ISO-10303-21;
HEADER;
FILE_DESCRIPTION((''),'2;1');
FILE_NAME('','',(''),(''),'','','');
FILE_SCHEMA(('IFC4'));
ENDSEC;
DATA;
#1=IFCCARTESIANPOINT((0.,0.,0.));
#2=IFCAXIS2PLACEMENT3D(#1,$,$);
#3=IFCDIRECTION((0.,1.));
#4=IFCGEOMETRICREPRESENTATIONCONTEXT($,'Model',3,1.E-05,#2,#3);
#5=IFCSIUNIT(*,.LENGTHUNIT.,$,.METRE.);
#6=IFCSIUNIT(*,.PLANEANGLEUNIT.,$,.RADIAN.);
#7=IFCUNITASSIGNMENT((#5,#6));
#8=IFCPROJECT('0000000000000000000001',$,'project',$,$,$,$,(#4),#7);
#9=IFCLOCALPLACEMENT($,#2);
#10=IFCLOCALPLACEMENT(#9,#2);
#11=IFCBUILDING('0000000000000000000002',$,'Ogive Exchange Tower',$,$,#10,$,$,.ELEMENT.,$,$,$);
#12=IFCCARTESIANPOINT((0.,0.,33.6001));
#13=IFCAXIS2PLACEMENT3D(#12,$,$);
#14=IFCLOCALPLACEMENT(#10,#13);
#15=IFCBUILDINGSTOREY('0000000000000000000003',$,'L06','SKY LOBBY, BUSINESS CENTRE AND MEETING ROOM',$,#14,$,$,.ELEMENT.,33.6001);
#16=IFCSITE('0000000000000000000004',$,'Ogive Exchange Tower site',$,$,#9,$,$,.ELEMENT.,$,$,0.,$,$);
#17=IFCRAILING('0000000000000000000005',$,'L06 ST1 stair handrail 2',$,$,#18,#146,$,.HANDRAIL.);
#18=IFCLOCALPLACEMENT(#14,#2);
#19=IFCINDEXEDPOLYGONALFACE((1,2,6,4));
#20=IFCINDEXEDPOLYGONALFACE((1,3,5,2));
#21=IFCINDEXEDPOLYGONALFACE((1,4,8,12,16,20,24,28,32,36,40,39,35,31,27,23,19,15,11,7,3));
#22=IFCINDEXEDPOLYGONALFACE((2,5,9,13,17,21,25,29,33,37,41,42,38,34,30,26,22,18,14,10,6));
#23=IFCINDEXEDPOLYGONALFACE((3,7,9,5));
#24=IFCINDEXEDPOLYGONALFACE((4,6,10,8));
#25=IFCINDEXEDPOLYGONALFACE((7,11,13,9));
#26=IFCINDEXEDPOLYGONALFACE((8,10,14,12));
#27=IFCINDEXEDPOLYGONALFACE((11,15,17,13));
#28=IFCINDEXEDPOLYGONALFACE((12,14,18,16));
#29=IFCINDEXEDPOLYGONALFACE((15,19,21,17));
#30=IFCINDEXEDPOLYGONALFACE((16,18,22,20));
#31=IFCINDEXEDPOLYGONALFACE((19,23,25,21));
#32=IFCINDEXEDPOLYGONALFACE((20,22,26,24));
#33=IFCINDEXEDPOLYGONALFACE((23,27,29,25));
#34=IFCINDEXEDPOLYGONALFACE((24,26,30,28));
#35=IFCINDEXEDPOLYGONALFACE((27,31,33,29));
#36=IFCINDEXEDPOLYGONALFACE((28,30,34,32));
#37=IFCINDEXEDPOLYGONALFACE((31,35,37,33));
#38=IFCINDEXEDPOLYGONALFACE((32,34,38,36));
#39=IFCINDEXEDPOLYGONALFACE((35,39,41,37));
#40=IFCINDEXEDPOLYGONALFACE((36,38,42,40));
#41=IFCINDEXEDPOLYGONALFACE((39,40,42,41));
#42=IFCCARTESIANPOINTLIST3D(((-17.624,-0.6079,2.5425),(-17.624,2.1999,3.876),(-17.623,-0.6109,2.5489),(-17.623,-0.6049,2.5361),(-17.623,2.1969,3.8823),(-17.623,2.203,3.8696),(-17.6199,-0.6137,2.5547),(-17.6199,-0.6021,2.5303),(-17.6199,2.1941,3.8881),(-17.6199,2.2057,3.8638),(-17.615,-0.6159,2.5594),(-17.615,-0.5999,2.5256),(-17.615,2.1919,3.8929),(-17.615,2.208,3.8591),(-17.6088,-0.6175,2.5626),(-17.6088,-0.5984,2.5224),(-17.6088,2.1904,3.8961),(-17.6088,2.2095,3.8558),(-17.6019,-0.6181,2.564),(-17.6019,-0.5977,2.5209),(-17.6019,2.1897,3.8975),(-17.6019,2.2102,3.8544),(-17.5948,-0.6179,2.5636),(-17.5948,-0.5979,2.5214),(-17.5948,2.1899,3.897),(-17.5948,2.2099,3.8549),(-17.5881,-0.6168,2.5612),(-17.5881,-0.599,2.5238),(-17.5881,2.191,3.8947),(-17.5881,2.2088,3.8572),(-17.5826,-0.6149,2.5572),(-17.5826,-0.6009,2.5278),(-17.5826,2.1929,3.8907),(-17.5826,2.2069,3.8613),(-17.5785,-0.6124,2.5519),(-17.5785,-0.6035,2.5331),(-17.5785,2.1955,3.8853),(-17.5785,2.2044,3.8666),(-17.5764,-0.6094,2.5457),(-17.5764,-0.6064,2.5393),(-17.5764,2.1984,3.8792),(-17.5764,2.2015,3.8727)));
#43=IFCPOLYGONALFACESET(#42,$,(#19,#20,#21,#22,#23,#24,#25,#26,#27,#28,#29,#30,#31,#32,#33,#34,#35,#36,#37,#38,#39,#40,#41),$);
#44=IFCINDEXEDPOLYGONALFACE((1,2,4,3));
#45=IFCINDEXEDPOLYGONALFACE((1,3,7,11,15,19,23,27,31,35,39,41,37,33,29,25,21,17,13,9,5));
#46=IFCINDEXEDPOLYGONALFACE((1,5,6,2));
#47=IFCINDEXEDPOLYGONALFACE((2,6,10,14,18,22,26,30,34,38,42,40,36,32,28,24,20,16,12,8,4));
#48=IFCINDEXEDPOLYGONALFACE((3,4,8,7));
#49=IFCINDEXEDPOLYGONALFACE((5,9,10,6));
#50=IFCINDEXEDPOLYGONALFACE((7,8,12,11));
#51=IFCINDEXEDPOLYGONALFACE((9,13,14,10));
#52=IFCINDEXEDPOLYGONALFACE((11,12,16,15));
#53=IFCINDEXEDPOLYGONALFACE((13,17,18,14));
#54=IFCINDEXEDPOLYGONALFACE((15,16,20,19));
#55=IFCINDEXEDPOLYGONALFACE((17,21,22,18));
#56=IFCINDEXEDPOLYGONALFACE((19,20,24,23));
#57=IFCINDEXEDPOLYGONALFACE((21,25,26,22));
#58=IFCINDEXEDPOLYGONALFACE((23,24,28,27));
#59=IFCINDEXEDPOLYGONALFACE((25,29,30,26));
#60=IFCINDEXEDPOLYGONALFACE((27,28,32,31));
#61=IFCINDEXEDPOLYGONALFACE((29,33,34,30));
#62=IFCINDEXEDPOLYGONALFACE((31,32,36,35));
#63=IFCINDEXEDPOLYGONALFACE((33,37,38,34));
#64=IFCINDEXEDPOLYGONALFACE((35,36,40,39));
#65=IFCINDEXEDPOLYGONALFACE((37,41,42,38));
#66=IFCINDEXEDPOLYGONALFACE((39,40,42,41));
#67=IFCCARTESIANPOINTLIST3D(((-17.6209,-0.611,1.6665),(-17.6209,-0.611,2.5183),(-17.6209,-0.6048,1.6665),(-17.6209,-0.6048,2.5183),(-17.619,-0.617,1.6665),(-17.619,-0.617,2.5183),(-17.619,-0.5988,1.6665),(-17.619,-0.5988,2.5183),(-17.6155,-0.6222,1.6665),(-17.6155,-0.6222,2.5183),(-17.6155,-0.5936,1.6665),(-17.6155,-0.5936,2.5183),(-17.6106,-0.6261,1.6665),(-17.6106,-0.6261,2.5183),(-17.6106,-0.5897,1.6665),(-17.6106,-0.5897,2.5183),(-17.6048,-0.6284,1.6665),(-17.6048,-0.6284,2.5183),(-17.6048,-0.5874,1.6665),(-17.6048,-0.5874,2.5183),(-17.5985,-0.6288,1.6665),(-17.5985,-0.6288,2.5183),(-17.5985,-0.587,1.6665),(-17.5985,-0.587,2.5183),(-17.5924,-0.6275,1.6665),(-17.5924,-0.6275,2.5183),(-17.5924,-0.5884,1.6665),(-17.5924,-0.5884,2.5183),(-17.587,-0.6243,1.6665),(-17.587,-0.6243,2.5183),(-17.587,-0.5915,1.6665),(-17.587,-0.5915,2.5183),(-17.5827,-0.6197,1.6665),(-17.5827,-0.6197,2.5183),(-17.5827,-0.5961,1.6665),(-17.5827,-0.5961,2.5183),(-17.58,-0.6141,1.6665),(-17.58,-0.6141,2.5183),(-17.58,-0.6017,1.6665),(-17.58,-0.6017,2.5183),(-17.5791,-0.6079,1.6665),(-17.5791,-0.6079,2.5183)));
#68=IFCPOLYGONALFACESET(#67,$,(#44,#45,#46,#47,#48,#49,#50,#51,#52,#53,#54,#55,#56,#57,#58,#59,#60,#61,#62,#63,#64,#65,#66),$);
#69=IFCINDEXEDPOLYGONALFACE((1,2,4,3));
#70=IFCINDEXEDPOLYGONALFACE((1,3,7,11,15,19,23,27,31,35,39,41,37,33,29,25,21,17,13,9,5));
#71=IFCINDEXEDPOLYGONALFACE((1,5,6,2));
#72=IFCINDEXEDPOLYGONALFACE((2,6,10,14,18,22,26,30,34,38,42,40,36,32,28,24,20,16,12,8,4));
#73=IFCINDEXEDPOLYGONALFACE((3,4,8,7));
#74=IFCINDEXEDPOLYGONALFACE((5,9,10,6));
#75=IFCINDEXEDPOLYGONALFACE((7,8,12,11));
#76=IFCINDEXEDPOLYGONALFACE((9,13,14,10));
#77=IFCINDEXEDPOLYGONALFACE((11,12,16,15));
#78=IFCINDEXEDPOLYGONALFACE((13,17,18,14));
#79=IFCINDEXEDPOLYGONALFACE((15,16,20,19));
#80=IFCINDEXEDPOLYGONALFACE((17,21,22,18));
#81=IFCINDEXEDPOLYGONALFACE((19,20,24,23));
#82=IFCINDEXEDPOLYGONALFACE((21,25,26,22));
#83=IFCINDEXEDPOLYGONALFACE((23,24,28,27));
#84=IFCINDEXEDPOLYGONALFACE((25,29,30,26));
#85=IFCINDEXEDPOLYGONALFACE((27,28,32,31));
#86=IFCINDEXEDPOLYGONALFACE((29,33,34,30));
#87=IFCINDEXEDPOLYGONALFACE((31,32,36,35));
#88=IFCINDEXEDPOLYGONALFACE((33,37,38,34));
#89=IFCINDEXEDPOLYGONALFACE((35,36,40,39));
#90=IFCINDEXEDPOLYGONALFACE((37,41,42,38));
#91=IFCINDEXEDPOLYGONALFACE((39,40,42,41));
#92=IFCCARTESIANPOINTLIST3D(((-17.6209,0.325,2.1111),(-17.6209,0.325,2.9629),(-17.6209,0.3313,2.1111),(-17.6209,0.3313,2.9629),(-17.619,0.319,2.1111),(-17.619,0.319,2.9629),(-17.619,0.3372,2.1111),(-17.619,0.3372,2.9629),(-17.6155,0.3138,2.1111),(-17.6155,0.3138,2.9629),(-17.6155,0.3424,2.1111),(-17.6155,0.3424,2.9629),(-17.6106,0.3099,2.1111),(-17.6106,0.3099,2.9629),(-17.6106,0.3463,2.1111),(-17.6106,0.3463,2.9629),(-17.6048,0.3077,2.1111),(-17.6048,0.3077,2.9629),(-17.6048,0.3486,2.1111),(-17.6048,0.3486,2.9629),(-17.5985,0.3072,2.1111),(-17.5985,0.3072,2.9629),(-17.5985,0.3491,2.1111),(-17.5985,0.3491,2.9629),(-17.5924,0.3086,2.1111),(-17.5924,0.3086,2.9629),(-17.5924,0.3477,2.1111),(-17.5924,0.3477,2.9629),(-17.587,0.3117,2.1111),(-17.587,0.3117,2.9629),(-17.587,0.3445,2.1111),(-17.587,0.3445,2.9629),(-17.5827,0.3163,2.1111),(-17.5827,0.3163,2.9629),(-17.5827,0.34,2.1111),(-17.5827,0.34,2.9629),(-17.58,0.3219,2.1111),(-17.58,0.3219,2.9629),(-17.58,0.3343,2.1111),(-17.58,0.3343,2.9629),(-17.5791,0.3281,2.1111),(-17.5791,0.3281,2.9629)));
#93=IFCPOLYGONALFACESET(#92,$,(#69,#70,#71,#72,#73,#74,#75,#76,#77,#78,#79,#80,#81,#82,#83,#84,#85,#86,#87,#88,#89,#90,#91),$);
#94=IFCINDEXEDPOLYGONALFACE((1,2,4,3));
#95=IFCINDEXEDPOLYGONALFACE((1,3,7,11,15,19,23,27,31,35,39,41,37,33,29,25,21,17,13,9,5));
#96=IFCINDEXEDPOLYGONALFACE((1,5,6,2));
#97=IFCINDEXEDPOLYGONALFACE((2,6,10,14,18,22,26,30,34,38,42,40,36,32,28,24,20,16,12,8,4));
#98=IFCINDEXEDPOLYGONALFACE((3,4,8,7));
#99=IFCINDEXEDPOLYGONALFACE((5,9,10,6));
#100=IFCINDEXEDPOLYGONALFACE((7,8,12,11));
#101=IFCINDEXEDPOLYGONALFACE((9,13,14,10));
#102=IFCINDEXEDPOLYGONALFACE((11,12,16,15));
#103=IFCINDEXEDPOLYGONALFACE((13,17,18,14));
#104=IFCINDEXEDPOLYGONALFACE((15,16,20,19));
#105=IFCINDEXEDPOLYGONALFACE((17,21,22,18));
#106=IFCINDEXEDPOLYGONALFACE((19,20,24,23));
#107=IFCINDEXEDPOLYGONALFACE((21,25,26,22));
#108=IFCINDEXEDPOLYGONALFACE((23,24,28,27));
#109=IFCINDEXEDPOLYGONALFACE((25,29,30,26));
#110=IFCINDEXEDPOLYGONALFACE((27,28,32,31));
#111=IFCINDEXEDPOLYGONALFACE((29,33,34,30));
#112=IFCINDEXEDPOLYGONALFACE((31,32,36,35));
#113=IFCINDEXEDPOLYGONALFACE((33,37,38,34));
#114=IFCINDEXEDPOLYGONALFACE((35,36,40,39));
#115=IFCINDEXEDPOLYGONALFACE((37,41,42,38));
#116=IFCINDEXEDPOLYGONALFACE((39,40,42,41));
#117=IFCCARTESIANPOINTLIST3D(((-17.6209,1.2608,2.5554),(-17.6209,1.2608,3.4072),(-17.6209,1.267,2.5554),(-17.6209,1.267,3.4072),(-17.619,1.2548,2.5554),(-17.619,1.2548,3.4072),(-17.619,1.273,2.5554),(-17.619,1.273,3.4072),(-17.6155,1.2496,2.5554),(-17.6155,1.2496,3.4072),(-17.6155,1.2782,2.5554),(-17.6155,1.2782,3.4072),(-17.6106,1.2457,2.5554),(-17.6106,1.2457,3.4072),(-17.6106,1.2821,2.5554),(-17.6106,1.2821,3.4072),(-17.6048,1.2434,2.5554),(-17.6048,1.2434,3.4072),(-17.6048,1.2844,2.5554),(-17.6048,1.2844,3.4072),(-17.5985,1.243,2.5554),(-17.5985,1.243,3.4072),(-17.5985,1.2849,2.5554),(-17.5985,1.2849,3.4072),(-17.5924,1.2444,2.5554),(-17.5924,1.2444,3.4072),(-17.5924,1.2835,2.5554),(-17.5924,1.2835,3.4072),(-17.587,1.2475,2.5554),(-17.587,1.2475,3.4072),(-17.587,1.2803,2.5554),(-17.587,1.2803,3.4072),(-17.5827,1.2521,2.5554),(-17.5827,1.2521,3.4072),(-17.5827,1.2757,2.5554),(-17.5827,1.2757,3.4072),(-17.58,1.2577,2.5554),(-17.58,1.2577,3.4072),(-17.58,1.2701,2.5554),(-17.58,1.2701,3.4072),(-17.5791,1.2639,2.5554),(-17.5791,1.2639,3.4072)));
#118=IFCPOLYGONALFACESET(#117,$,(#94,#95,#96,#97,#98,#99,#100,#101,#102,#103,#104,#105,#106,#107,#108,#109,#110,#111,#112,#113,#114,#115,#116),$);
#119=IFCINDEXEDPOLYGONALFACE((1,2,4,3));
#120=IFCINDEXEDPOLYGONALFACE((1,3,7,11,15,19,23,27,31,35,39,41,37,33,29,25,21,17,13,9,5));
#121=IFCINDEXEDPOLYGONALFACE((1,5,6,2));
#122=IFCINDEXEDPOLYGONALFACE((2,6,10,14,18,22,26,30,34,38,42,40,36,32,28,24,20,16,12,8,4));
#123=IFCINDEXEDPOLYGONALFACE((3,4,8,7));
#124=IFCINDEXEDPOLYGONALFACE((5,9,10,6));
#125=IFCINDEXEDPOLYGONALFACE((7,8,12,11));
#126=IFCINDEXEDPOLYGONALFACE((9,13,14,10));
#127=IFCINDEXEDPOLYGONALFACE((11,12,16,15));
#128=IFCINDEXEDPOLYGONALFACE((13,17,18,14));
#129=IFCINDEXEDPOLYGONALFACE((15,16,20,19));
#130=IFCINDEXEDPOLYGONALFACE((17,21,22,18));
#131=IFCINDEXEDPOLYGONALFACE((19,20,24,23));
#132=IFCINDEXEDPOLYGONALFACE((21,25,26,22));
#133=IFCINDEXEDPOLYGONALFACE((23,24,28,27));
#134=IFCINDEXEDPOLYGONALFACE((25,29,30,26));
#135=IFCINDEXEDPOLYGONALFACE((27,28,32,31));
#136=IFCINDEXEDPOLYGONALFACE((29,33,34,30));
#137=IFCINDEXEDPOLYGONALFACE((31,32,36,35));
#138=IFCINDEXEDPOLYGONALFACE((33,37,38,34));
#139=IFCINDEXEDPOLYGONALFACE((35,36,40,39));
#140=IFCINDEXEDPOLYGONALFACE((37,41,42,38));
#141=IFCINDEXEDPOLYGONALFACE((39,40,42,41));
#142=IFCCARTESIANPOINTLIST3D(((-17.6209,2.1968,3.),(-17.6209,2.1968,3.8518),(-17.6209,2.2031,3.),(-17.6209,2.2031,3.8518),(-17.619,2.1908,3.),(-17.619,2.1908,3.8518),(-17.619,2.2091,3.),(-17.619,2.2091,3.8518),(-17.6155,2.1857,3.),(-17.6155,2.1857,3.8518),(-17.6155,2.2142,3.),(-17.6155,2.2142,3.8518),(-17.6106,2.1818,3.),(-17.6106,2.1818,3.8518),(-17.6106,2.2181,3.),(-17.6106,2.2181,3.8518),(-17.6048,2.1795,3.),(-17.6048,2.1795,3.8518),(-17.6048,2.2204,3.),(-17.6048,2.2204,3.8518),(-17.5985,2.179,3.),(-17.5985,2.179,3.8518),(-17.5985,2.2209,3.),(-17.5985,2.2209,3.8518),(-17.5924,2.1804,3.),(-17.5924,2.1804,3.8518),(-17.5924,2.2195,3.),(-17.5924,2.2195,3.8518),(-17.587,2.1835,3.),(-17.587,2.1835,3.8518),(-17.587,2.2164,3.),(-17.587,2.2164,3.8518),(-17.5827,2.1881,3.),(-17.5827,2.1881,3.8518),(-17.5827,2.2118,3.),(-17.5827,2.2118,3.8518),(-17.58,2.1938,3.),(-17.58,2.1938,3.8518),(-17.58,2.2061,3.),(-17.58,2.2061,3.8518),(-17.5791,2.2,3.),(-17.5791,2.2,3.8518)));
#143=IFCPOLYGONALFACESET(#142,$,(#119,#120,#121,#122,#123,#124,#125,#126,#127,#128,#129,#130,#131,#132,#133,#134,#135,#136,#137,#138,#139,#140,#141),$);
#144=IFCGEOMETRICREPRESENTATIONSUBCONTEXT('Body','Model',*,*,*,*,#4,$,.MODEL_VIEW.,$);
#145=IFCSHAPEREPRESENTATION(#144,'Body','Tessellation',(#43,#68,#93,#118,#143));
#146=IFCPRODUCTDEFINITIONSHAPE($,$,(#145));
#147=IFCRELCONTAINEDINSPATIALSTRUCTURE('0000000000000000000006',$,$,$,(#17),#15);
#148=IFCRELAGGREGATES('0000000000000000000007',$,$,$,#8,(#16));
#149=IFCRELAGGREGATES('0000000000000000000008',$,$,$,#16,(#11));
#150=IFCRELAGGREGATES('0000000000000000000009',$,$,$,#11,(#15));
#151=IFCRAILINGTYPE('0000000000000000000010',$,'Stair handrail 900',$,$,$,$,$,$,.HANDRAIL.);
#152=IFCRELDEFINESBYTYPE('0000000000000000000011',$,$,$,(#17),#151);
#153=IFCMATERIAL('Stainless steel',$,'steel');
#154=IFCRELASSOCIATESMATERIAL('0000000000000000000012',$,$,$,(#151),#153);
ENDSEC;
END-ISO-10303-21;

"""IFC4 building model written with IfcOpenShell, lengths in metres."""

from ifc_helpers import new_model, si_unit, direction, frame, origin, origin_2d, place, context, subcontext, project, spatial, circle, extrude, material, type_object, element, save


model = new_model("IFC4")

# Units and contexts
model_context = context("Model", 3, precision=1e-05, world=origin(), true_north=direction((0.0, 1.0)))
body_context = subcontext(model_context, "Body", "Model", "MODEL_VIEW")
ifc_project = project(units=[si_unit("LENGTHUNIT", "METRE"), si_unit("PLANEANGLEUNIT", "RADIAN")], contexts=[model_context])

# Site, building, storey
site_placement = place(None, origin())
site = spatial("IfcSite", under=ifc_project, at=site_placement, Name="Ogive Exchange Tower site", CompositionType="ELEMENT", RefElevation=0.0)
building_placement = place(site_placement, origin())
building = spatial("IfcBuilding", under=site, at=building_placement, Name="Ogive Exchange Tower", CompositionType="ELEMENT")
storey_placement = place(building_placement, frame((0.0, 0.0, 33.6001)))
storey = spatial("IfcBuildingStorey", under=building, at=storey_placement, Name="L06", Description="SKY LOBBY, BUSINESS CENTRE AND MEETING ROOM", CompositionType="ELEMENT", Elevation=33.6001)

# Railing
ifc_material_1 = material(Name="Stainless steel", Category="steel")
railing_type = type_object("IfcRailingType", Name="Stair handrail 900", PredefinedType="HANDRAIL", material=ifc_material_1)
railing_placement = place(storey_placement, frame((-17.6001, -0.6079, 1.6665)))
element("IfcRailing", 1, at=railing_placement, inside=storey, type_object=railing_type, Name="L06 ST1 stair handrail 2", PredefinedType="HANDRAIL", context=body_context, shape_type="SweptSolid", body=[
    extrude(circle(Radius=0.0239, at=origin_2d()), frame((0.0, 0.0, 0.876), z_axis=(0.0, 0.903307, 0.428994), x_axis=(-1.0, 0.0, 0.0)), (0.0, 0.0, 1.0), 3.1084),
    extrude(circle(Radius=0.021, at=origin_2d()), origin(), (0.0, 0.0, 1.0), 0.8518),
    extrude(circle(Radius=0.021, at=origin_2d()), frame((0.0, 0.936, 0.4446)), (0.0, 0.0, 1.0), 0.8518),
    extrude(circle(Radius=0.021, at=origin_2d()), frame((0.0, 1.8718, 0.8889)), (0.0, 0.0, 1.0), 0.8518),
    extrude(circle(Radius=0.021, at=origin_2d()), frame((0.0, 2.8079, 1.3335)), (0.0, 0.0, 1.0), 0.8518),
])

save(model, "model.ifc")
